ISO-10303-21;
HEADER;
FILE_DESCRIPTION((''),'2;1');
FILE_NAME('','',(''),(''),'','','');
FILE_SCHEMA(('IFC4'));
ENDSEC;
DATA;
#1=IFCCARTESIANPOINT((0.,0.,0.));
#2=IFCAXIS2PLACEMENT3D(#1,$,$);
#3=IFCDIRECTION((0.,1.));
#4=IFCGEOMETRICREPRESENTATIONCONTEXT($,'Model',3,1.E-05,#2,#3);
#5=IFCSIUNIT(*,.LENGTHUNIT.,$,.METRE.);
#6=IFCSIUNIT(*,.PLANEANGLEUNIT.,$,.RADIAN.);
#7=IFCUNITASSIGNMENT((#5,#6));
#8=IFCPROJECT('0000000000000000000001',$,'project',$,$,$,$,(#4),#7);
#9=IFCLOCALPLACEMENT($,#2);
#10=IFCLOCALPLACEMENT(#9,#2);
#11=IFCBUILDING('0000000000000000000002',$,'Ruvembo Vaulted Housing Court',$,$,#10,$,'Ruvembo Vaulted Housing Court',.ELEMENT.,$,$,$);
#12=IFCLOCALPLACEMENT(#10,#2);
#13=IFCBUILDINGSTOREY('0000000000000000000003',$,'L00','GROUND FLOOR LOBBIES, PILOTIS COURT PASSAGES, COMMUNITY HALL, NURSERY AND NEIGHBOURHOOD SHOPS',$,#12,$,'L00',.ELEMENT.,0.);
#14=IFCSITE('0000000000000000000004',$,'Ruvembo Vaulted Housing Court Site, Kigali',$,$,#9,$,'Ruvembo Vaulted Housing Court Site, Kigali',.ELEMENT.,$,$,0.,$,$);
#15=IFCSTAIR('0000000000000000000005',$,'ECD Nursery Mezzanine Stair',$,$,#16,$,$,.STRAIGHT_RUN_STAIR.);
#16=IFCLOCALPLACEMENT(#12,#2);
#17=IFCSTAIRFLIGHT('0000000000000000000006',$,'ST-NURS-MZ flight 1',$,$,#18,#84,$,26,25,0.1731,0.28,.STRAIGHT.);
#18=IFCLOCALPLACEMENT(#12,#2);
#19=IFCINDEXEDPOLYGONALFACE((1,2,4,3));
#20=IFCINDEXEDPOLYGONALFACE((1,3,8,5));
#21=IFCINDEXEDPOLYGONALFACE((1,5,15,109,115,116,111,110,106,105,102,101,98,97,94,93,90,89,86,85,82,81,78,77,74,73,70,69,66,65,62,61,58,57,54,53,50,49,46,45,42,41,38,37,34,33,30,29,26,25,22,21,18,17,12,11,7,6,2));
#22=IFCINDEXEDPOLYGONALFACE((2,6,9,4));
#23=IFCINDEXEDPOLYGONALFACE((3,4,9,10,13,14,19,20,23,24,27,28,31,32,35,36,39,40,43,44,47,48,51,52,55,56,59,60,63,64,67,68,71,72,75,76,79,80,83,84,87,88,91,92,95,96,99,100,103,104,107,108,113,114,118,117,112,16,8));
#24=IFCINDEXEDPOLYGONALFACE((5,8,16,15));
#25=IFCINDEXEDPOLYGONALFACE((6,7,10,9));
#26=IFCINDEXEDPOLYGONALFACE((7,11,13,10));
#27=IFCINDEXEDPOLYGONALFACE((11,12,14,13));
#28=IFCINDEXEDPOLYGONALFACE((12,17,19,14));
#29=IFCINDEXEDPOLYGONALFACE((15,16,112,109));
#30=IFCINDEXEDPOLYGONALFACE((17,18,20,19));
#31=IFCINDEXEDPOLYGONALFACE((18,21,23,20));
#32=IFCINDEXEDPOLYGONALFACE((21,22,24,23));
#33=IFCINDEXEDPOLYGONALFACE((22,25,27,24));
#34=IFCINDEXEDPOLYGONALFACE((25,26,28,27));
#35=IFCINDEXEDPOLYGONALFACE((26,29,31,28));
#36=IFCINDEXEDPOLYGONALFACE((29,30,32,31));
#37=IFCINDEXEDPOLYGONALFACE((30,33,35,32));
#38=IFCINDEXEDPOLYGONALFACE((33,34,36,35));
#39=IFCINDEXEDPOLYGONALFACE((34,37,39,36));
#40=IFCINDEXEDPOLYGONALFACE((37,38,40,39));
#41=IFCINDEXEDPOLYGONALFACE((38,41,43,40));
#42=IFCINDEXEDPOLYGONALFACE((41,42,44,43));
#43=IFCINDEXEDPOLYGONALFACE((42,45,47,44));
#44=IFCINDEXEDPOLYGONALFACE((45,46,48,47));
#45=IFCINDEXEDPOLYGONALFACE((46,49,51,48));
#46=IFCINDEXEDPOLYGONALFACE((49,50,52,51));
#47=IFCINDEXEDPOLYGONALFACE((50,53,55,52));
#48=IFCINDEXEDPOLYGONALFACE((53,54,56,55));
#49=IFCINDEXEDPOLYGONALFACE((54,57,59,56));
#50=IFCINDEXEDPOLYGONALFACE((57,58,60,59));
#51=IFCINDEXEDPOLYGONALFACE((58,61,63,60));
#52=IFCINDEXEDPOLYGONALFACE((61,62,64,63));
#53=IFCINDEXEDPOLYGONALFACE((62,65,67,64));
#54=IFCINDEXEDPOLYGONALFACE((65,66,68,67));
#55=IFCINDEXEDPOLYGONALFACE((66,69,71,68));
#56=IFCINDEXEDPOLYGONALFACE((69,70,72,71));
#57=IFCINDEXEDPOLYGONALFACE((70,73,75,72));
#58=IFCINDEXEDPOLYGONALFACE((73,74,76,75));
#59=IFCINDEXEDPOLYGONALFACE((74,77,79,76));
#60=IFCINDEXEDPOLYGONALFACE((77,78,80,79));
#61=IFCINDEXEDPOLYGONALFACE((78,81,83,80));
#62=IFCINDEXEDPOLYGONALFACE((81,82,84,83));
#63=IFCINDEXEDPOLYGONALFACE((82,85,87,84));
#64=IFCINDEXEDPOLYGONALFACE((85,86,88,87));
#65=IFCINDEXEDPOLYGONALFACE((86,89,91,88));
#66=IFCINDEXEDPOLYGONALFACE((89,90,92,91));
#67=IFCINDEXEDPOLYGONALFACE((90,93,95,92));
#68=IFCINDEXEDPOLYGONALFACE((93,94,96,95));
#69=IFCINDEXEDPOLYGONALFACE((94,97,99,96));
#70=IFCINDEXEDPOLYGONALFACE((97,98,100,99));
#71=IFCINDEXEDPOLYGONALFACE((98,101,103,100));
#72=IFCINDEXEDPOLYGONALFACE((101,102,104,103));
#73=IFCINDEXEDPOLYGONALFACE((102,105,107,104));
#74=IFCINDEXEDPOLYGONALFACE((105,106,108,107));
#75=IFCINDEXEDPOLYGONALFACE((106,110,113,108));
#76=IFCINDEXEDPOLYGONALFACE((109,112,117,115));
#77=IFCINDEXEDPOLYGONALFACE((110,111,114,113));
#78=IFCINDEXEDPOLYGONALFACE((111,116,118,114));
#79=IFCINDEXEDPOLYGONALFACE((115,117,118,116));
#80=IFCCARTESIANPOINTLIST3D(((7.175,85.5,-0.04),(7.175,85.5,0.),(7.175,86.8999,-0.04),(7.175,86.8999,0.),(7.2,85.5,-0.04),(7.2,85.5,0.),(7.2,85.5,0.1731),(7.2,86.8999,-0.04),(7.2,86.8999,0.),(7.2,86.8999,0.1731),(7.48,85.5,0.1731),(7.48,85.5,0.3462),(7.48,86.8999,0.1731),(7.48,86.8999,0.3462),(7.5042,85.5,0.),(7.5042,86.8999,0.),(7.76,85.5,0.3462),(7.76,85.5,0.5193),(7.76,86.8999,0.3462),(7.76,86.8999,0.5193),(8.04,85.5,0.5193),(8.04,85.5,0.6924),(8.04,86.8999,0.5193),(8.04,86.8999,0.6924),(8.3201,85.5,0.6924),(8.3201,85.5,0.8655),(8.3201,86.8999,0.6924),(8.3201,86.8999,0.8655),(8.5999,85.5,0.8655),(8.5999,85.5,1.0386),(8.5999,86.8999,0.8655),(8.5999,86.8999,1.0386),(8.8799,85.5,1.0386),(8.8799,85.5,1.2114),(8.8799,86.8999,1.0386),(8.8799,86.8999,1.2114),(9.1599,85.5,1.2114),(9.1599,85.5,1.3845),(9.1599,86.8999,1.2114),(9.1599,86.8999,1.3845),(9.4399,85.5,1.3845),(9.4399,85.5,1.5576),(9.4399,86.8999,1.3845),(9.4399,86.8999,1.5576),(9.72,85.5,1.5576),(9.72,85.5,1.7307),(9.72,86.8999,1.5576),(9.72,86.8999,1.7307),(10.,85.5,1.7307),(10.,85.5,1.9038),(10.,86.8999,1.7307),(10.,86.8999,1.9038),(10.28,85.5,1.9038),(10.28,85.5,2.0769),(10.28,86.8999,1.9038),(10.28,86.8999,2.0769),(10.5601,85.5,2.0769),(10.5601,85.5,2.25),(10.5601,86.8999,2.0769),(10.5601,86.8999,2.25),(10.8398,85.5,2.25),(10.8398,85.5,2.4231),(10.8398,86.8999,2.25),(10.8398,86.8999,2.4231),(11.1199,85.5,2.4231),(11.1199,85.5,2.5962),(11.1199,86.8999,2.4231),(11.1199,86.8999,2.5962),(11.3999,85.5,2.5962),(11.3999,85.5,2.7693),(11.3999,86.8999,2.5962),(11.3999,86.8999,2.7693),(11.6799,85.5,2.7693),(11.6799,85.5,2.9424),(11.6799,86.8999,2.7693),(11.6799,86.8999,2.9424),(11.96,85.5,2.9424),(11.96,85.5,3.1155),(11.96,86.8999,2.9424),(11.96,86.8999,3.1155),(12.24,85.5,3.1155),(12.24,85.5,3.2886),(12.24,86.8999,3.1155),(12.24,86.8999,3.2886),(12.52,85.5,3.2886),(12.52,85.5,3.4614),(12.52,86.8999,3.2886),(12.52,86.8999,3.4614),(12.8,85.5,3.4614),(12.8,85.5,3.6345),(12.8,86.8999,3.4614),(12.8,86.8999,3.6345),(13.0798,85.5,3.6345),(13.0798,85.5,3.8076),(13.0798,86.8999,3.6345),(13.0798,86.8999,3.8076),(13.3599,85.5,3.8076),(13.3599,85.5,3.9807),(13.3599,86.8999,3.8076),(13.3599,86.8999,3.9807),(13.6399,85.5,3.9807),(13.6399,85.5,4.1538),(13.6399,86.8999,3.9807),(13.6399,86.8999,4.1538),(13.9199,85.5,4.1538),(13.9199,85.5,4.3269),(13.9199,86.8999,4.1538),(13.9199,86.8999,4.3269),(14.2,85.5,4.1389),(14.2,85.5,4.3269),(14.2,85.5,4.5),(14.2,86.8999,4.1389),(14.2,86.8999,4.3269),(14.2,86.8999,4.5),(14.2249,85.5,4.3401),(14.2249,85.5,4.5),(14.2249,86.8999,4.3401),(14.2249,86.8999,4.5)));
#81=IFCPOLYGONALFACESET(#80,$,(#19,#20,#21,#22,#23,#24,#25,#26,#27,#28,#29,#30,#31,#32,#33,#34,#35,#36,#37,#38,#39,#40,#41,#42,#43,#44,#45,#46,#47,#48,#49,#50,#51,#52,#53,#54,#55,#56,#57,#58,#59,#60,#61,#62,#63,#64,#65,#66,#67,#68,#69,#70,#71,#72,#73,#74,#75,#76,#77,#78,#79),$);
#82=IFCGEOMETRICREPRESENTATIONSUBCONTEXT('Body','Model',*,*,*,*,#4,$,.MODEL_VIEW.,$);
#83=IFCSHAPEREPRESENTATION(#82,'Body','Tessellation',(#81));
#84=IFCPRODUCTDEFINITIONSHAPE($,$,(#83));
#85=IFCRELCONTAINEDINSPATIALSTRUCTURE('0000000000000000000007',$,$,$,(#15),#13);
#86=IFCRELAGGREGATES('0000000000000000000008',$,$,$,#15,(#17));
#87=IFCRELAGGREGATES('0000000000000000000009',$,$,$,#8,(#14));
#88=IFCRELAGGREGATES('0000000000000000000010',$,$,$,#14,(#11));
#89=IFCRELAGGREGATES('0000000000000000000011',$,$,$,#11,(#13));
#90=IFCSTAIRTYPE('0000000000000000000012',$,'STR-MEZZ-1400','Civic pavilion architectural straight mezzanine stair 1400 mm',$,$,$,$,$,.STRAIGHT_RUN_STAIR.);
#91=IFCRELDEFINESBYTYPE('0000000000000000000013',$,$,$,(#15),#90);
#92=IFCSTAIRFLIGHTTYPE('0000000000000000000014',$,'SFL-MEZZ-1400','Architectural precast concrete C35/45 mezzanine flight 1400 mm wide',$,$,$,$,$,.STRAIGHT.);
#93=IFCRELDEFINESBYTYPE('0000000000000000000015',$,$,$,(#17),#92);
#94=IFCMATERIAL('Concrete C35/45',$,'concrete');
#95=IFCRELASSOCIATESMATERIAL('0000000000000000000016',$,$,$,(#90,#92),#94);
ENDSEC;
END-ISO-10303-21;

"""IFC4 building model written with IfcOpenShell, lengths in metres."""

from ifc_helpers import new_model, si_unit, direction, frame, origin, place, context, subcontext, project, spatial, polyline, outline, extrude, material, type_object, element, aggregate, save


model = new_model("IFC4")

# Units and contexts
model_context = context("Model", 3, precision=1e-05, world=origin(), true_north=direction((0.0, 1.0)))
body_context = subcontext(model_context, "Body", "Model", "MODEL_VIEW")
ifc_project = project(units=[si_unit("LENGTHUNIT", "METRE"), si_unit("PLANEANGLEUNIT", "RADIAN")], contexts=[model_context])

# Site, building, storey
site_placement = place(None, origin())
site = spatial("IfcSite", under=ifc_project, at=site_placement, Name="Ruvembo Vaulted Housing Court Site, Kigali", LongName="Ruvembo Vaulted Housing Court Site, Kigali", CompositionType="ELEMENT", RefElevation=0.0)
building_placement = place(site_placement, origin())
building = spatial("IfcBuilding", under=site, at=building_placement, Name="Ruvembo Vaulted Housing Court", LongName="Ruvembo Vaulted Housing Court", CompositionType="ELEMENT")
storey_placement = place(building_placement, origin())
storey = spatial("IfcBuildingStorey", under=building, at=storey_placement, Name="L00", Description="GROUND FLOOR LOBBIES, PILOTIS COURT PASSAGES, COMMUNITY HALL, NURSERY AND NEIGHBOURHOOD SHOPS", LongName="L00", CompositionType="ELEMENT", Elevation=0.0)

# Shared definitions
ifc_material_1 = material(Name="Concrete C35/45", Category="concrete")

# Stair, stair flight
stair_type = type_object("IfcStairType", Name="STR-MEZZ-1400", Description="Civic pavilion architectural straight mezzanine stair 1400 mm", PredefinedType="STRAIGHT_RUN_STAIR", material=ifc_material_1)
stair_placement = place(storey_placement, origin())
stair = element("IfcStair", 1, at=stair_placement, inside=storey, type_object=stair_type, Name="ECD Nursery Mezzanine Stair", PredefinedType="STRAIGHT_RUN_STAIR")
stair_flight_type = type_object("IfcStairFlightType", Name="SFL-MEZZ-1400", Description="Architectural precast concrete C35/45 mezzanine flight 1400 mm wide", PredefinedType="STRAIGHT", material=ifc_material_1)
stair_flight_placement = place(storey_placement, frame((7.2, 86.2, 0.0), z_axis=(0.0, 0.0, 1.0), x_axis=(1.0, 0.0, 0.0)))
stair_flight = element("IfcStairFlight", 2, at=stair_flight_placement, type_object=stair_flight_type, Name="ST-NURS-MZ flight 1", NumberOfRisers=26, NumberOfTreads=25, PredefinedType="STRAIGHT", RiserHeight=0.1731, TreadLength=0.28, context=body_context, shape_type="SweptSolid", body=[
    extrude(outline(polyline([(-0.0249, -0.04), (-0.0249, 0.0), (0.0, 0.0), (0.0, 0.1731), (0.28, 0.1731), (0.28, 0.3462), (0.5601, 0.3462), (0.5601, 0.5193), (0.8401, 0.5193), (0.8401, 0.6924), (1.1201, 0.6924), (1.1201, 0.8655), (1.3999, 0.8655), (1.3999, 1.0386), (1.6799, 1.0386), (1.6799, 1.2114), (1.96, 1.2114), (1.96, 1.3845), (2.24, 1.3845), (2.24, 1.5576), (2.52, 1.5576), (2.52, 1.7307), (2.8, 1.7307), (2.8, 1.9038), (3.0801, 1.9038), (3.0801, 2.0769), (3.3601, 2.0769), (3.3601, 2.25), (3.6399, 2.25), (3.6399, 2.4231), (3.9199, 2.4231), (3.9199, 2.5962), (4.2, 2.5962), (4.2, 2.7693), (4.48, 2.7693), (4.48, 2.9424), (4.76, 2.9424), (4.76, 3.1155), (5.04, 3.1155), (5.04, 3.2886), (5.3201, 3.2886), (5.3201, 3.4614), (5.6001, 3.4614), (5.6001, 3.6345), (5.8799, 3.6345), (5.8799, 3.8076), (6.1599, 3.8076), (6.1599, 3.9807), (6.4399, 3.9807), (6.4399, 4.1538), (6.72, 4.1538), (6.72, 4.3269), (7.0, 4.3269), (7.0, 4.5), (7.0249, 4.5), (7.0249, 4.3401), (7.0, 4.1389), (0.3042, 0.0), (0.0, -0.04), (-0.0249, -0.04)])), frame((0.0, 0.7, 0.0), z_axis=(0.0, -1.0, 0.0), x_axis=(1.0, 0.0, 0.0)), (0.0, 0.0, 1.0), 1.3999),
])
aggregate(stair, [stair_flight])

save(model, "model.ifc")
